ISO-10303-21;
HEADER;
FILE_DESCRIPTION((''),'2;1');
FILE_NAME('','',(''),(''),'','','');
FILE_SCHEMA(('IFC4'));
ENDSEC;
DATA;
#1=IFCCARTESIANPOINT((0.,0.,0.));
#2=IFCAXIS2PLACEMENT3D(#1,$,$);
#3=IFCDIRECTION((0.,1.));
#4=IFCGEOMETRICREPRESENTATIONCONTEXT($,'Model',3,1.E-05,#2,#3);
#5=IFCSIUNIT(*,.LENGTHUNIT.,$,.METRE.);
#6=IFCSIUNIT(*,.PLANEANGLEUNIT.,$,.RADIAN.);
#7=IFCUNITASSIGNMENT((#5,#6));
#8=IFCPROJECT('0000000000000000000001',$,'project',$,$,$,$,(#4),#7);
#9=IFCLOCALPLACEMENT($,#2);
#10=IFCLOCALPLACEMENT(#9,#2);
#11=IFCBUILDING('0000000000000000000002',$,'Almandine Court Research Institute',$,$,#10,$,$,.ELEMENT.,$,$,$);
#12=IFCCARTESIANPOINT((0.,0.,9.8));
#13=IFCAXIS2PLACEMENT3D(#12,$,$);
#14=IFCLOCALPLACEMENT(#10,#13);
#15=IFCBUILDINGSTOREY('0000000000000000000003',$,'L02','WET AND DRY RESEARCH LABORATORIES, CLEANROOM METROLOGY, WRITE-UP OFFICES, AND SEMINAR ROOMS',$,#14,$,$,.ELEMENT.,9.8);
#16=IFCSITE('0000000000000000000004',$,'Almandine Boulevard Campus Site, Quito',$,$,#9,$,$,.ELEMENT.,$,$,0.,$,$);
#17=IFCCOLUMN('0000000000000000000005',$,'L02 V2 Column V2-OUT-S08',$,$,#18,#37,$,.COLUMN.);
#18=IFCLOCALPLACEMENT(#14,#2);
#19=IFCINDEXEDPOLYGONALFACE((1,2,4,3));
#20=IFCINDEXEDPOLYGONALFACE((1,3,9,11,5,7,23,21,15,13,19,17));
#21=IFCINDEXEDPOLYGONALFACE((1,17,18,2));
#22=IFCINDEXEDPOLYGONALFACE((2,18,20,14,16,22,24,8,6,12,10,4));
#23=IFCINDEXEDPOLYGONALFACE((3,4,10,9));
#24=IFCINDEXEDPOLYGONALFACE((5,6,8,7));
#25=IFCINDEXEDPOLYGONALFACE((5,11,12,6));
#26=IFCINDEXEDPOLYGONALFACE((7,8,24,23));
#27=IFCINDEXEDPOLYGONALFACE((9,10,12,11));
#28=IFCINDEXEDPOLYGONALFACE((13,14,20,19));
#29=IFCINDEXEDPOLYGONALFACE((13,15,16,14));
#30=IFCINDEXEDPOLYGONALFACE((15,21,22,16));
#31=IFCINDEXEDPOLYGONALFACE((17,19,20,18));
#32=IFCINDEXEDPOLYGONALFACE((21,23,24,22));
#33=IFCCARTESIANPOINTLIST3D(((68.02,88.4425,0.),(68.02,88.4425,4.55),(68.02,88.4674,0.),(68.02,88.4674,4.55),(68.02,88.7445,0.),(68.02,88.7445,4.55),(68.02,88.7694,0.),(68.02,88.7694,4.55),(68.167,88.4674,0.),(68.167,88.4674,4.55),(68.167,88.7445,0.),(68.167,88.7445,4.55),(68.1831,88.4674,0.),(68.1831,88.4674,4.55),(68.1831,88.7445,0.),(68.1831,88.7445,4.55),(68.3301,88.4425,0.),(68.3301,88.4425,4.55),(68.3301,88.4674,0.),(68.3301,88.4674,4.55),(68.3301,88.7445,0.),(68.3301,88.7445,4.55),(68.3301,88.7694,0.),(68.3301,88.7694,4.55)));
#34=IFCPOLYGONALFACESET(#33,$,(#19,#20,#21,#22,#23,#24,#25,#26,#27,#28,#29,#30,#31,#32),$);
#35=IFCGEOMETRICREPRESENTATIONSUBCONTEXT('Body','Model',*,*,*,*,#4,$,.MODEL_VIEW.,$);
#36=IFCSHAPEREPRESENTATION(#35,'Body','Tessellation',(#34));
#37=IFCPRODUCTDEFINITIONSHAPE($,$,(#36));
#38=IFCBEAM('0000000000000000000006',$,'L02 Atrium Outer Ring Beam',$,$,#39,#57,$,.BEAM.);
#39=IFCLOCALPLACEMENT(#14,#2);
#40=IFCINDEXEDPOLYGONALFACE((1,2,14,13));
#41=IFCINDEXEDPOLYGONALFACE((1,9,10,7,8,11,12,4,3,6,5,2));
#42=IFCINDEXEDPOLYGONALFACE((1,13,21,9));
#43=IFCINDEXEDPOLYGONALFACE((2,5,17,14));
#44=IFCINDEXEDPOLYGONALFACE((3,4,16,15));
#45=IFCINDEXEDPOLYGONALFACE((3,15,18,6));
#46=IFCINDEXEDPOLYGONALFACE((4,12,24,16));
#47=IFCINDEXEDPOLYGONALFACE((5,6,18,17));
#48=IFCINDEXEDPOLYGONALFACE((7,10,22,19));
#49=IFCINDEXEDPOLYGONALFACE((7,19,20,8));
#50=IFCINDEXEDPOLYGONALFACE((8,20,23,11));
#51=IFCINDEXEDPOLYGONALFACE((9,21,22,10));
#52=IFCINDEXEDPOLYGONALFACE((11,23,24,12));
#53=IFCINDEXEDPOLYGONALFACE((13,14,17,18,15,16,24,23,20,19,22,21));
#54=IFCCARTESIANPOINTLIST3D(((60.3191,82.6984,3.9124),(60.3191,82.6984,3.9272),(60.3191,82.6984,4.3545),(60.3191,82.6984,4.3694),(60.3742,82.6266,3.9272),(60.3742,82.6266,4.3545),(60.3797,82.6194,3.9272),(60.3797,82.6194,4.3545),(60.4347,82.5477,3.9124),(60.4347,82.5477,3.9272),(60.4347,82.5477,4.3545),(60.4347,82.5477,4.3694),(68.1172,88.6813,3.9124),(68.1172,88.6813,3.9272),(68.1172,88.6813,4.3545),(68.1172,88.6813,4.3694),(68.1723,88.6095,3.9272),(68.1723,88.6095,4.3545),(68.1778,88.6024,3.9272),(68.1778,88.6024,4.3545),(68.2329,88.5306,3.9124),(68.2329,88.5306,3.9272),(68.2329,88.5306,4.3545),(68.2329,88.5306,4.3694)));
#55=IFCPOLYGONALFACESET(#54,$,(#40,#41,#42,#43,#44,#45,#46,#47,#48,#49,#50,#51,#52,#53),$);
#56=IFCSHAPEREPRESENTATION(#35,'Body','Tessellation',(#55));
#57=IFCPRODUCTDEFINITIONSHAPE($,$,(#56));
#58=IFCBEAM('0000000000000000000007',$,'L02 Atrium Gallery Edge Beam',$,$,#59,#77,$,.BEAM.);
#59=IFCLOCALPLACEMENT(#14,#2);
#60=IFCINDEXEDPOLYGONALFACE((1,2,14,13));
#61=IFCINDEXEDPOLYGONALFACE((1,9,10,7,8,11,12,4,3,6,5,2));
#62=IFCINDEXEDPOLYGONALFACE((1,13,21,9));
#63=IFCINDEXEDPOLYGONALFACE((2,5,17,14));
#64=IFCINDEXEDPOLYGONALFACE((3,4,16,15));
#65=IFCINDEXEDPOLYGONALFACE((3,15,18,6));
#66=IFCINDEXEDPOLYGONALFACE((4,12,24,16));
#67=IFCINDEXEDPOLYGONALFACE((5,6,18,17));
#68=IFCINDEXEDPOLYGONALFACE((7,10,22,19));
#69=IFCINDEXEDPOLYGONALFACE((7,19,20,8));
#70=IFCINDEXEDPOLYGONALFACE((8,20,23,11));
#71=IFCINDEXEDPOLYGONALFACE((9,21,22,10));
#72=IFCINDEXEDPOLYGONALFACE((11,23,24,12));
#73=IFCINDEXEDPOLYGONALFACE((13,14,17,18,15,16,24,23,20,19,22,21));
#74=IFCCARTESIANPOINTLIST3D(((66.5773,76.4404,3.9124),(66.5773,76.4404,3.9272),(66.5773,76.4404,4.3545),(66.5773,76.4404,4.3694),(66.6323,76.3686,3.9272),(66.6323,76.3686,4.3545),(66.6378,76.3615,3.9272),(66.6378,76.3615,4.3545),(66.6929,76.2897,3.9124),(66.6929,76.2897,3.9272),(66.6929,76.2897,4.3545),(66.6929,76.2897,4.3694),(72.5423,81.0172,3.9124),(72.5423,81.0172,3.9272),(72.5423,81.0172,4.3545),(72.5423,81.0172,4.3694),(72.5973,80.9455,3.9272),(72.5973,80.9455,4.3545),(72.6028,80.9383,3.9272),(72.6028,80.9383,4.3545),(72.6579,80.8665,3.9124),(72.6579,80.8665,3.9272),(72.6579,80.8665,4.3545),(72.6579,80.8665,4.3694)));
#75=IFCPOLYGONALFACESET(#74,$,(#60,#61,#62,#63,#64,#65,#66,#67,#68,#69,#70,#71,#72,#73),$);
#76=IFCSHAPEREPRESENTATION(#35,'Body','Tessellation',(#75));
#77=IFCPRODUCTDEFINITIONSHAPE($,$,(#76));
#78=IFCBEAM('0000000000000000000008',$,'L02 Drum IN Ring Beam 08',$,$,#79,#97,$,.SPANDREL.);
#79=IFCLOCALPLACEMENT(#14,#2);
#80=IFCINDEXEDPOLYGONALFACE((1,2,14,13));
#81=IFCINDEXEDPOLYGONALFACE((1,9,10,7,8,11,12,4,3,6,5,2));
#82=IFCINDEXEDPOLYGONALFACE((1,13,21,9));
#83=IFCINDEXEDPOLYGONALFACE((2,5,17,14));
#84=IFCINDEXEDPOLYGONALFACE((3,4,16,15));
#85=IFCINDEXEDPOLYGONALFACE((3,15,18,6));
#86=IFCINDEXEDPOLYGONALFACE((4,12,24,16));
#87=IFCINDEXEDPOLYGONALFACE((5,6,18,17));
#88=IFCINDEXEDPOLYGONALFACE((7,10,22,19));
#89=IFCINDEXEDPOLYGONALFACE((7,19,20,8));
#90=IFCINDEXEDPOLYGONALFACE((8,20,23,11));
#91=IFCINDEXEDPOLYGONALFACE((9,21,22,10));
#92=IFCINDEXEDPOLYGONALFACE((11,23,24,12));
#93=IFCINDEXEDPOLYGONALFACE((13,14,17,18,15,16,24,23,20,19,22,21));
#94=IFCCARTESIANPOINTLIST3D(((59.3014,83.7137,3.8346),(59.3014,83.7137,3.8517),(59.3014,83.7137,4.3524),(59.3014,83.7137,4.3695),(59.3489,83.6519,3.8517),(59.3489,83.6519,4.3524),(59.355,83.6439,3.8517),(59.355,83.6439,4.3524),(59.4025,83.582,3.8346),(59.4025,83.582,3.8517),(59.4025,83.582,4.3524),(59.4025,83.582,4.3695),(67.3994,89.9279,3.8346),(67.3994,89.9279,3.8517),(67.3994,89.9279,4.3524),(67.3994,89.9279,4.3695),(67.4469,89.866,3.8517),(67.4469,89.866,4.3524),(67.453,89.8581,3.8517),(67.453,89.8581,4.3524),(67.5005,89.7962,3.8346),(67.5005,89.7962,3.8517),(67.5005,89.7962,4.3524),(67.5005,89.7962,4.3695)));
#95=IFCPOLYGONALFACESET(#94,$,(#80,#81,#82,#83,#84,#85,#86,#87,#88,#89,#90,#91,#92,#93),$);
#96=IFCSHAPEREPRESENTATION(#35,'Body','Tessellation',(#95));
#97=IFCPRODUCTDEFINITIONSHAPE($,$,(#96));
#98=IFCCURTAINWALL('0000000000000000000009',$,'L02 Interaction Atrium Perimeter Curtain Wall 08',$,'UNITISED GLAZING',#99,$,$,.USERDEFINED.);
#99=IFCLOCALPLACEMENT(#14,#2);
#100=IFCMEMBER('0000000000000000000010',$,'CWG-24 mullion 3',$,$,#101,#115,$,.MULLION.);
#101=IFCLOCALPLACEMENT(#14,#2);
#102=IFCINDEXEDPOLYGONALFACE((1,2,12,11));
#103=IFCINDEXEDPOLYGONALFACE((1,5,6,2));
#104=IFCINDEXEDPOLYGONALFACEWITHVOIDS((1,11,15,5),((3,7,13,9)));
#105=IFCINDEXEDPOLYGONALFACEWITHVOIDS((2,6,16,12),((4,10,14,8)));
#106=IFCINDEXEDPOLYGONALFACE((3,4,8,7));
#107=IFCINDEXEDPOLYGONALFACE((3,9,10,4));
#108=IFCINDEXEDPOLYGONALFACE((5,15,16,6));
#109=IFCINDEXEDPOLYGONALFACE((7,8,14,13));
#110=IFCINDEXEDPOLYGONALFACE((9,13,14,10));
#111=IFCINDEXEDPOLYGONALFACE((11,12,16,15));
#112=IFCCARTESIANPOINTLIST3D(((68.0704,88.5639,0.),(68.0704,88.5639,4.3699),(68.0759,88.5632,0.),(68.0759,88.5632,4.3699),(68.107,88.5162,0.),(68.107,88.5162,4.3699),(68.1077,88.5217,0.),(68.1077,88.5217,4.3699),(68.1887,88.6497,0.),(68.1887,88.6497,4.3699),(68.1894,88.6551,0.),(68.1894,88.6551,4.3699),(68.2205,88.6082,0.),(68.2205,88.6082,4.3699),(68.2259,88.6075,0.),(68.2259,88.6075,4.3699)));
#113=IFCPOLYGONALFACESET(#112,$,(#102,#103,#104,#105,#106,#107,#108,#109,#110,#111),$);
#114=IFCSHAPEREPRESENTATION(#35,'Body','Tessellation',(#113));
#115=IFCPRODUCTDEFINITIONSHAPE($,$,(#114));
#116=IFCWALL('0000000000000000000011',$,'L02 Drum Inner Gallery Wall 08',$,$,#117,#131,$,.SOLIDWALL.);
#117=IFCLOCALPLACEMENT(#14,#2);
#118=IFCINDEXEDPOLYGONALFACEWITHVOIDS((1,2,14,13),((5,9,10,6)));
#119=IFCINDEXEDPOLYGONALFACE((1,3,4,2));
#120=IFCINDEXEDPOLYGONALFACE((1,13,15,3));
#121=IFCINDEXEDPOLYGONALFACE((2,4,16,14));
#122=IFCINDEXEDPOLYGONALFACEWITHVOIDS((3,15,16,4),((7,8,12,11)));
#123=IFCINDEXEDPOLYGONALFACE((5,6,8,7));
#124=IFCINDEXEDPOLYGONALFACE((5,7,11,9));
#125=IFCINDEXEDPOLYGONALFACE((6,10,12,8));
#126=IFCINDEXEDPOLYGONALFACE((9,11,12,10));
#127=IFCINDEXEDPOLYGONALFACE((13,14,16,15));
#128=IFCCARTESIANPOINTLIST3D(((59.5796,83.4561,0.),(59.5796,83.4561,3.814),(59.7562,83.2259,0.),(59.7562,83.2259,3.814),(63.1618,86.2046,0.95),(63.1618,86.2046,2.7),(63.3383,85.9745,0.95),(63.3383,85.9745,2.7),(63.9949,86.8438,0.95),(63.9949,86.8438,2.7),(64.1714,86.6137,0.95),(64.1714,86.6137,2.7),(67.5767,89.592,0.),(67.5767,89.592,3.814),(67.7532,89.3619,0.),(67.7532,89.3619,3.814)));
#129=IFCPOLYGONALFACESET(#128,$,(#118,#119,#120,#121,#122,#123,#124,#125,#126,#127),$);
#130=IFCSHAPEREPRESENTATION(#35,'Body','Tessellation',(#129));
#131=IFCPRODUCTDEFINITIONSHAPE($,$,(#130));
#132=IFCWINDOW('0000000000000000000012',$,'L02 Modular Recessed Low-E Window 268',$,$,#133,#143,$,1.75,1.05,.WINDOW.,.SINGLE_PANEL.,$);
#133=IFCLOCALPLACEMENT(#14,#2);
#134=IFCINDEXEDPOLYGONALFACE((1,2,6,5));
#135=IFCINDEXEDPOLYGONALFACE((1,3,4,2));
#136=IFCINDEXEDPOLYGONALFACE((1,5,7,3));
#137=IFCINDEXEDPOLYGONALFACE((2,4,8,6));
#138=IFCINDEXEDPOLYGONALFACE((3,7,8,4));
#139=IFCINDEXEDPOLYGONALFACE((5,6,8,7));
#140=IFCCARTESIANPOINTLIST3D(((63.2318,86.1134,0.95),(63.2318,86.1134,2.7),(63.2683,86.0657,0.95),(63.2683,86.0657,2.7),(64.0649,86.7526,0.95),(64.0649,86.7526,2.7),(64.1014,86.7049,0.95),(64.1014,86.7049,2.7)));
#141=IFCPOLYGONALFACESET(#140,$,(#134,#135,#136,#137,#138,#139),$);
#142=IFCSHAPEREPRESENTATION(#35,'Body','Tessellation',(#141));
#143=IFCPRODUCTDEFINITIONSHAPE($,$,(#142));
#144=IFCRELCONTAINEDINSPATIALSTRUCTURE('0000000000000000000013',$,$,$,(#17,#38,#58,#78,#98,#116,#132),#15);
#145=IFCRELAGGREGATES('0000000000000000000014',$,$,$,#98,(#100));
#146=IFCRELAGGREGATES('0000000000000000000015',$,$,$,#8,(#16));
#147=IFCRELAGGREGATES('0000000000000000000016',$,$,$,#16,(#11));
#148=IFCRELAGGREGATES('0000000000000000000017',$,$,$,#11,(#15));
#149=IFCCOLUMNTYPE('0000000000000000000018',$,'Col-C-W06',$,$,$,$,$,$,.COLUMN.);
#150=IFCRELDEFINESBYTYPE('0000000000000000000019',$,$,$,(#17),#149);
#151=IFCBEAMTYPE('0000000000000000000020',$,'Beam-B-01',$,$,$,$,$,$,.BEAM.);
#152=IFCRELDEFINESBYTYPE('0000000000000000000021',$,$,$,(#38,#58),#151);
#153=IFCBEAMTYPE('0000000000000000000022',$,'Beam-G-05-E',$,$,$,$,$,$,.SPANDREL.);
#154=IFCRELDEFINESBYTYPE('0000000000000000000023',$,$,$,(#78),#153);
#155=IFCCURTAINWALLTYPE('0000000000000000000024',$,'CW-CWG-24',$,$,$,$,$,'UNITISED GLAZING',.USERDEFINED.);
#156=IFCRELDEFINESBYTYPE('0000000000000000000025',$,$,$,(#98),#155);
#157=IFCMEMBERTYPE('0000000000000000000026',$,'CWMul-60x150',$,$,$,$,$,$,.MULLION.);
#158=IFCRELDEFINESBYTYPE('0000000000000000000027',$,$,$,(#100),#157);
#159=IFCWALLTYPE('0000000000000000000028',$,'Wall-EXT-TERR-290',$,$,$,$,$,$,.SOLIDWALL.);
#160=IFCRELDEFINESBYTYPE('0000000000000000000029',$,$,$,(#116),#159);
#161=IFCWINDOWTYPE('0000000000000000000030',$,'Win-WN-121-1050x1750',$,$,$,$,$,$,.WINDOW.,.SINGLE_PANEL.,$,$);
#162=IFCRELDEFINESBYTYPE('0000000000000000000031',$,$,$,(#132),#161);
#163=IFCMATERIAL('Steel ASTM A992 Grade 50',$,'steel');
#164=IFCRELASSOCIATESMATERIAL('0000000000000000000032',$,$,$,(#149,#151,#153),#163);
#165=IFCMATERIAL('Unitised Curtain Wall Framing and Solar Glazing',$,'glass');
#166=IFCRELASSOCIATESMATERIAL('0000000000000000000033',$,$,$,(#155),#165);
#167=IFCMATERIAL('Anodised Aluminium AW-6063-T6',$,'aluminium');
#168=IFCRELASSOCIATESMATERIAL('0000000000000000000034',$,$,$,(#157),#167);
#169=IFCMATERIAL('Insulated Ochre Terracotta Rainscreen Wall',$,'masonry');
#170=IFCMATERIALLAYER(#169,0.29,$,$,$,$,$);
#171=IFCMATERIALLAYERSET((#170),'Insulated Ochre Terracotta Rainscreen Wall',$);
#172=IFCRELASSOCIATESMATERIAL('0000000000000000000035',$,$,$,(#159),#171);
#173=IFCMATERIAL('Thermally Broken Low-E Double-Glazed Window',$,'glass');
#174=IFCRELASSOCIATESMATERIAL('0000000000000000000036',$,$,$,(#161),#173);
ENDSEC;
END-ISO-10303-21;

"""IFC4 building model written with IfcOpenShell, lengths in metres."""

from ifc_helpers import new_model, si_unit, direction, frame, frame_2d, origin, origin_2d, place, context, subcontext, project, spatial, rectangle, hollow_rectangle, i_section, extrude, material, layer, layer_set, material_profile, profile_set, type_object, element, fill, aggregate, save


model = new_model("IFC4")

# Units and contexts
model_context = context("Model", 3, precision=1e-05, world=origin(), true_north=direction((0.0, 1.0)))
body_context = subcontext(model_context, "Body", "Model", "MODEL_VIEW")
ifc_project = project(units=[si_unit("LENGTHUNIT", "METRE"), si_unit("PLANEANGLEUNIT", "RADIAN")], contexts=[model_context])

# Site, building, storey
site_placement = place(None, origin())
site = spatial("IfcSite", under=ifc_project, at=site_placement, Name="Almandine Boulevard Campus Site, Quito", CompositionType="ELEMENT", RefElevation=0.0)
building_placement = place(site_placement, origin())
building = spatial("IfcBuilding", under=site, at=building_placement, Name="Almandine Court Research Institute", CompositionType="ELEMENT")
storey_placement = place(building_placement, frame((0.0, 0.0, 9.8)))
storey = spatial("IfcBuildingStorey", under=building, at=storey_placement, Name="L02", Description="WET AND DRY RESEARCH LABORATORIES, CLEANROOM METROLOGY, WRITE-UP OFFICES, AND SEMINAR ROOMS", CompositionType="ELEMENT", Elevation=9.8)

# Column
ifc_material_1 = material(Name="Steel ASTM A992 Grade 50", Category="steel")
ifc_material_profile_1 = material_profile(ifc_material_1, i_section(OverallWidth=0.3101, OverallDepth=0.3269, WebThickness=0.0161, FlangeThickness=0.0249, at=origin_2d()), Name="W310x158")
ifc_profile_set_1 = profile_set([ifc_material_profile_1], Name="Steel ASTM A992 Grade 50")
column_type = type_object("IfcColumnType", Name="Col-C-W06", PredefinedType="COLUMN", material=ifc_profile_set_1)
column_placement = place(storey_placement, frame((68.175, 88.606, 0.0), z_axis=(0.0, 0.0, 1.0), x_axis=(1.0, 0.0, 0.0)))
element("IfcColumn", 1, at=column_placement, inside=storey, type_object=column_type, Name="L02 V2 Column V2-OUT-S08", PredefinedType="COLUMN", context=body_context, shape_type="SweptSolid", body=[
    extrude(i_section(OverallWidth=0.3101, OverallDepth=0.3269, WebThickness=0.0161, FlangeThickness=0.0249, at=origin_2d()), origin(), (0.0, 0.0, 1.0), 4.55),
])

# Beams
ifc_material_profile_2 = material_profile(ifc_material_1, i_section(OverallWidth=0.1899, OverallDepth=0.457, WebThickness=0.009, FlangeThickness=0.0149, at=origin_2d()), Name="W460x74")
ifc_profile_set_2 = profile_set([ifc_material_profile_2], Name="Steel ASTM A992 Grade 50")
beam_type_1 = type_object("IfcBeamType", Name="Beam-B-01", PredefinedType="BEAM", material=ifc_profile_set_2)
beam_1_placement = place(storey_placement, frame((68.175, 88.606, 4.1409), z_axis=(-0.793392, -0.608712, 0.0), x_axis=(0.608712, -0.793392, 0.0)))
element("IfcBeam", 2, at=beam_1_placement, inside=storey, type_object=beam_type_1, Name="L02 Atrium Outer Ring Beam", PredefinedType="BEAM", context=body_context, shape_type="SweptSolid", body=[
    extrude(i_section(OverallWidth=0.1899, OverallDepth=0.457, WebThickness=0.009, FlangeThickness=0.0149, at=origin_2d()), origin(), (0.0, 0.0, 1.0), 9.8289),
])
beam_2_placement = place(storey_placement, frame((72.6001, 80.9419, 4.1409), z_axis=(-0.793371, -0.608739, 0.0), x_axis=(0.608739, -0.793371, 0.0)))
element("IfcBeam", 3, at=beam_2_placement, inside=storey, type_object=beam_type_1, Name="L02 Atrium Gallery Edge Beam", PredefinedType="BEAM", context=body_context, shape_type="SweptSolid", body=[
    extrude(i_section(OverallWidth=0.1899, OverallDepth=0.457, WebThickness=0.009, FlangeThickness=0.0149, at=origin_2d()), origin(), (0.0, 0.0, 1.0), 7.5186),
])
ifc_material_profile_3 = material_profile(ifc_material_1, i_section(OverallWidth=0.166, OverallDepth=0.5349, WebThickness=0.01, FlangeThickness=0.0171, at=origin_2d()), Name="W530x85")
ifc_profile_set_3 = profile_set([ifc_material_profile_3], Name="Steel ASTM A992 Grade 50")
beam_type_2 = type_object("IfcBeamType", Name="Beam-G-05-E", PredefinedType="SPANDREL", material=ifc_profile_set_3)
beam_3_placement = place(storey_placement, frame((67.45, 89.8621, 4.1021), z_axis=(-0.793336, -0.608784, 0.0), x_axis=(0.608784, -0.793336, 0.0)))
element("IfcBeam", 4, at=beam_3_placement, inside=storey, type_object=beam_type_2, Name="L02 Drum IN Ring Beam 08", PredefinedType="SPANDREL", context=body_context, shape_type="SweptSolid", body=[
    extrude(i_section(OverallWidth=0.166, OverallDepth=0.5349, WebThickness=0.01, FlangeThickness=0.0171, at=origin_2d()), origin(), (0.0, 0.0, 1.0), 10.2075),
])

# Curtain wall, member
ifc_material_2 = material(Name="Unitised Curtain Wall Framing and Solar Glazing", Category="glass")
curtain_wall_type = type_object("IfcCurtainWallType", Name="CW-CWG-24", ElementType="UNITISED GLAZING", PredefinedType="USERDEFINED", material=ifc_material_2)
curtain_wall_placement = place(storey_placement, origin())
curtain_wall = element("IfcCurtainWall", 5, at=curtain_wall_placement, inside=storey, type_object=curtain_wall_type, Name="L02 Interaction Atrium Perimeter Curtain Wall 08", ObjectType="UNITISED GLAZING", PredefinedType="USERDEFINED")
ifc_material_3 = material(Name="Anodised Aluminium AW-6063-T6", Category="aluminium")
ifc_material_profile_4 = material_profile(ifc_material_3, hollow_rectangle(XDim=0.0601, YDim=0.1499, WallThickness=0.0039, at=origin_2d()), Name="ALU RHS 60x150x4")
ifc_profile_set_4 = profile_set([ifc_material_profile_4], Name="Anodised Aluminium AW-6063-T6")
member_type = type_object("IfcMemberType", Name="CWMul-60x150", PredefinedType="MULLION", material=ifc_profile_set_4)
member_placement = place(storey_placement, frame((68.1482, 88.5857, 0.0), z_axis=(0.0, 0.0, 1.0), x_axis=(-0.608761, 0.793354, 0.0)))
member = element("IfcMember", 6, at=member_placement, type_object=member_type, Name="CWG-24 mullion 3", PredefinedType="MULLION", context=body_context, shape_type="SweptSolid", body=[
    extrude(hollow_rectangle(XDim=0.0601, YDim=0.1499, WallThickness=0.0039, at=origin_2d()), origin(), (0.0, 0.0, 1.0), 4.3699),
])
aggregate(curtain_wall, [member])

# Wall, opening, window
ifc_material_4 = material(Name="Insulated Ochre Terracotta Rainscreen Wall", Category="masonry")
ifc_layer_1 = layer(ifc_material_4, 0.29)
ifc_layer_set_1 = layer_set([ifc_layer_1], Name="Insulated Ochre Terracotta Rainscreen Wall")
wall_type_1 = type_object("IfcWallType", Name="Wall-EXT-TERR-290", PredefinedType="SOLIDWALL", material=ifc_layer_set_1)
wall_1_placement = place(storey_placement, frame((67.665, 89.4771, 0.0), z_axis=(0.0, 0.0, 1.0), x_axis=(-0.793372, -0.608738, 0.0)))
wall_1 = element("IfcWall", 7, at=wall_1_placement, inside=storey, type_object=wall_type_1, Name="L02 Drum Inner Gallery Wall 08", PredefinedType="SOLIDWALL", context=body_context, shape_type="SweptSolid", body=[
    extrude(rectangle(XDim=10.0798, YDim=0.29, at=frame_2d((5.04, 0.0))), origin(), (0.0, 0.0, 1.0), 3.814),
])
opening_1_placement = place(wall_1_placement, frame((4.5149, 0.0, 0.95)))
opening_1 = element("IfcOpeningElement", 8, at=opening_1_placement, cuts=wall_1, PredefinedType="OPENING", context=body_context, shape_type="SweptSolid", body=[
    extrude(rectangle(XDim=1.05, YDim=1.75, at=frame_2d((0.5249, 0.875))), frame((0.0, 0.155, 0.0), z_axis=(0.0, -1.0, 0.0), x_axis=(1.0, 0.0, 0.0)), (0.0, 0.0, 1.0), 0.3101),
])
ifc_material_5 = material(Name="Thermally Broken Low-E Double-Glazed Window", Category="glass")
window_type_1 = type_object("IfcWindowType", Name="Win-WN-121-1050x1750", PartitioningType="SINGLE_PANEL", PredefinedType="WINDOW", material=ifc_material_5)
window_1_placement = place(opening_1_placement, origin())
window_1 = element("IfcWindow", 9, at=window_1_placement, inside=storey, type_object=window_type_1, Name="L02 Modular Recessed Low-E Window 268", OverallHeight=1.75, OverallWidth=1.05, PartitioningType="SINGLE_PANEL", PredefinedType="WINDOW", context=body_context, shape_type="SweptSolid", body=[
    extrude(rectangle(XDim=1.05, YDim=1.75, at=frame_2d((0.5249, 0.875))), frame((0.0, 0.03, 0.0), z_axis=(0.0, -1.0, 0.0), x_axis=(1.0, 0.0, 0.0)), (0.0, 0.0, 1.0), 0.0601),
])
fill(opening_1, window_1)

save(model, "model.ifc")
